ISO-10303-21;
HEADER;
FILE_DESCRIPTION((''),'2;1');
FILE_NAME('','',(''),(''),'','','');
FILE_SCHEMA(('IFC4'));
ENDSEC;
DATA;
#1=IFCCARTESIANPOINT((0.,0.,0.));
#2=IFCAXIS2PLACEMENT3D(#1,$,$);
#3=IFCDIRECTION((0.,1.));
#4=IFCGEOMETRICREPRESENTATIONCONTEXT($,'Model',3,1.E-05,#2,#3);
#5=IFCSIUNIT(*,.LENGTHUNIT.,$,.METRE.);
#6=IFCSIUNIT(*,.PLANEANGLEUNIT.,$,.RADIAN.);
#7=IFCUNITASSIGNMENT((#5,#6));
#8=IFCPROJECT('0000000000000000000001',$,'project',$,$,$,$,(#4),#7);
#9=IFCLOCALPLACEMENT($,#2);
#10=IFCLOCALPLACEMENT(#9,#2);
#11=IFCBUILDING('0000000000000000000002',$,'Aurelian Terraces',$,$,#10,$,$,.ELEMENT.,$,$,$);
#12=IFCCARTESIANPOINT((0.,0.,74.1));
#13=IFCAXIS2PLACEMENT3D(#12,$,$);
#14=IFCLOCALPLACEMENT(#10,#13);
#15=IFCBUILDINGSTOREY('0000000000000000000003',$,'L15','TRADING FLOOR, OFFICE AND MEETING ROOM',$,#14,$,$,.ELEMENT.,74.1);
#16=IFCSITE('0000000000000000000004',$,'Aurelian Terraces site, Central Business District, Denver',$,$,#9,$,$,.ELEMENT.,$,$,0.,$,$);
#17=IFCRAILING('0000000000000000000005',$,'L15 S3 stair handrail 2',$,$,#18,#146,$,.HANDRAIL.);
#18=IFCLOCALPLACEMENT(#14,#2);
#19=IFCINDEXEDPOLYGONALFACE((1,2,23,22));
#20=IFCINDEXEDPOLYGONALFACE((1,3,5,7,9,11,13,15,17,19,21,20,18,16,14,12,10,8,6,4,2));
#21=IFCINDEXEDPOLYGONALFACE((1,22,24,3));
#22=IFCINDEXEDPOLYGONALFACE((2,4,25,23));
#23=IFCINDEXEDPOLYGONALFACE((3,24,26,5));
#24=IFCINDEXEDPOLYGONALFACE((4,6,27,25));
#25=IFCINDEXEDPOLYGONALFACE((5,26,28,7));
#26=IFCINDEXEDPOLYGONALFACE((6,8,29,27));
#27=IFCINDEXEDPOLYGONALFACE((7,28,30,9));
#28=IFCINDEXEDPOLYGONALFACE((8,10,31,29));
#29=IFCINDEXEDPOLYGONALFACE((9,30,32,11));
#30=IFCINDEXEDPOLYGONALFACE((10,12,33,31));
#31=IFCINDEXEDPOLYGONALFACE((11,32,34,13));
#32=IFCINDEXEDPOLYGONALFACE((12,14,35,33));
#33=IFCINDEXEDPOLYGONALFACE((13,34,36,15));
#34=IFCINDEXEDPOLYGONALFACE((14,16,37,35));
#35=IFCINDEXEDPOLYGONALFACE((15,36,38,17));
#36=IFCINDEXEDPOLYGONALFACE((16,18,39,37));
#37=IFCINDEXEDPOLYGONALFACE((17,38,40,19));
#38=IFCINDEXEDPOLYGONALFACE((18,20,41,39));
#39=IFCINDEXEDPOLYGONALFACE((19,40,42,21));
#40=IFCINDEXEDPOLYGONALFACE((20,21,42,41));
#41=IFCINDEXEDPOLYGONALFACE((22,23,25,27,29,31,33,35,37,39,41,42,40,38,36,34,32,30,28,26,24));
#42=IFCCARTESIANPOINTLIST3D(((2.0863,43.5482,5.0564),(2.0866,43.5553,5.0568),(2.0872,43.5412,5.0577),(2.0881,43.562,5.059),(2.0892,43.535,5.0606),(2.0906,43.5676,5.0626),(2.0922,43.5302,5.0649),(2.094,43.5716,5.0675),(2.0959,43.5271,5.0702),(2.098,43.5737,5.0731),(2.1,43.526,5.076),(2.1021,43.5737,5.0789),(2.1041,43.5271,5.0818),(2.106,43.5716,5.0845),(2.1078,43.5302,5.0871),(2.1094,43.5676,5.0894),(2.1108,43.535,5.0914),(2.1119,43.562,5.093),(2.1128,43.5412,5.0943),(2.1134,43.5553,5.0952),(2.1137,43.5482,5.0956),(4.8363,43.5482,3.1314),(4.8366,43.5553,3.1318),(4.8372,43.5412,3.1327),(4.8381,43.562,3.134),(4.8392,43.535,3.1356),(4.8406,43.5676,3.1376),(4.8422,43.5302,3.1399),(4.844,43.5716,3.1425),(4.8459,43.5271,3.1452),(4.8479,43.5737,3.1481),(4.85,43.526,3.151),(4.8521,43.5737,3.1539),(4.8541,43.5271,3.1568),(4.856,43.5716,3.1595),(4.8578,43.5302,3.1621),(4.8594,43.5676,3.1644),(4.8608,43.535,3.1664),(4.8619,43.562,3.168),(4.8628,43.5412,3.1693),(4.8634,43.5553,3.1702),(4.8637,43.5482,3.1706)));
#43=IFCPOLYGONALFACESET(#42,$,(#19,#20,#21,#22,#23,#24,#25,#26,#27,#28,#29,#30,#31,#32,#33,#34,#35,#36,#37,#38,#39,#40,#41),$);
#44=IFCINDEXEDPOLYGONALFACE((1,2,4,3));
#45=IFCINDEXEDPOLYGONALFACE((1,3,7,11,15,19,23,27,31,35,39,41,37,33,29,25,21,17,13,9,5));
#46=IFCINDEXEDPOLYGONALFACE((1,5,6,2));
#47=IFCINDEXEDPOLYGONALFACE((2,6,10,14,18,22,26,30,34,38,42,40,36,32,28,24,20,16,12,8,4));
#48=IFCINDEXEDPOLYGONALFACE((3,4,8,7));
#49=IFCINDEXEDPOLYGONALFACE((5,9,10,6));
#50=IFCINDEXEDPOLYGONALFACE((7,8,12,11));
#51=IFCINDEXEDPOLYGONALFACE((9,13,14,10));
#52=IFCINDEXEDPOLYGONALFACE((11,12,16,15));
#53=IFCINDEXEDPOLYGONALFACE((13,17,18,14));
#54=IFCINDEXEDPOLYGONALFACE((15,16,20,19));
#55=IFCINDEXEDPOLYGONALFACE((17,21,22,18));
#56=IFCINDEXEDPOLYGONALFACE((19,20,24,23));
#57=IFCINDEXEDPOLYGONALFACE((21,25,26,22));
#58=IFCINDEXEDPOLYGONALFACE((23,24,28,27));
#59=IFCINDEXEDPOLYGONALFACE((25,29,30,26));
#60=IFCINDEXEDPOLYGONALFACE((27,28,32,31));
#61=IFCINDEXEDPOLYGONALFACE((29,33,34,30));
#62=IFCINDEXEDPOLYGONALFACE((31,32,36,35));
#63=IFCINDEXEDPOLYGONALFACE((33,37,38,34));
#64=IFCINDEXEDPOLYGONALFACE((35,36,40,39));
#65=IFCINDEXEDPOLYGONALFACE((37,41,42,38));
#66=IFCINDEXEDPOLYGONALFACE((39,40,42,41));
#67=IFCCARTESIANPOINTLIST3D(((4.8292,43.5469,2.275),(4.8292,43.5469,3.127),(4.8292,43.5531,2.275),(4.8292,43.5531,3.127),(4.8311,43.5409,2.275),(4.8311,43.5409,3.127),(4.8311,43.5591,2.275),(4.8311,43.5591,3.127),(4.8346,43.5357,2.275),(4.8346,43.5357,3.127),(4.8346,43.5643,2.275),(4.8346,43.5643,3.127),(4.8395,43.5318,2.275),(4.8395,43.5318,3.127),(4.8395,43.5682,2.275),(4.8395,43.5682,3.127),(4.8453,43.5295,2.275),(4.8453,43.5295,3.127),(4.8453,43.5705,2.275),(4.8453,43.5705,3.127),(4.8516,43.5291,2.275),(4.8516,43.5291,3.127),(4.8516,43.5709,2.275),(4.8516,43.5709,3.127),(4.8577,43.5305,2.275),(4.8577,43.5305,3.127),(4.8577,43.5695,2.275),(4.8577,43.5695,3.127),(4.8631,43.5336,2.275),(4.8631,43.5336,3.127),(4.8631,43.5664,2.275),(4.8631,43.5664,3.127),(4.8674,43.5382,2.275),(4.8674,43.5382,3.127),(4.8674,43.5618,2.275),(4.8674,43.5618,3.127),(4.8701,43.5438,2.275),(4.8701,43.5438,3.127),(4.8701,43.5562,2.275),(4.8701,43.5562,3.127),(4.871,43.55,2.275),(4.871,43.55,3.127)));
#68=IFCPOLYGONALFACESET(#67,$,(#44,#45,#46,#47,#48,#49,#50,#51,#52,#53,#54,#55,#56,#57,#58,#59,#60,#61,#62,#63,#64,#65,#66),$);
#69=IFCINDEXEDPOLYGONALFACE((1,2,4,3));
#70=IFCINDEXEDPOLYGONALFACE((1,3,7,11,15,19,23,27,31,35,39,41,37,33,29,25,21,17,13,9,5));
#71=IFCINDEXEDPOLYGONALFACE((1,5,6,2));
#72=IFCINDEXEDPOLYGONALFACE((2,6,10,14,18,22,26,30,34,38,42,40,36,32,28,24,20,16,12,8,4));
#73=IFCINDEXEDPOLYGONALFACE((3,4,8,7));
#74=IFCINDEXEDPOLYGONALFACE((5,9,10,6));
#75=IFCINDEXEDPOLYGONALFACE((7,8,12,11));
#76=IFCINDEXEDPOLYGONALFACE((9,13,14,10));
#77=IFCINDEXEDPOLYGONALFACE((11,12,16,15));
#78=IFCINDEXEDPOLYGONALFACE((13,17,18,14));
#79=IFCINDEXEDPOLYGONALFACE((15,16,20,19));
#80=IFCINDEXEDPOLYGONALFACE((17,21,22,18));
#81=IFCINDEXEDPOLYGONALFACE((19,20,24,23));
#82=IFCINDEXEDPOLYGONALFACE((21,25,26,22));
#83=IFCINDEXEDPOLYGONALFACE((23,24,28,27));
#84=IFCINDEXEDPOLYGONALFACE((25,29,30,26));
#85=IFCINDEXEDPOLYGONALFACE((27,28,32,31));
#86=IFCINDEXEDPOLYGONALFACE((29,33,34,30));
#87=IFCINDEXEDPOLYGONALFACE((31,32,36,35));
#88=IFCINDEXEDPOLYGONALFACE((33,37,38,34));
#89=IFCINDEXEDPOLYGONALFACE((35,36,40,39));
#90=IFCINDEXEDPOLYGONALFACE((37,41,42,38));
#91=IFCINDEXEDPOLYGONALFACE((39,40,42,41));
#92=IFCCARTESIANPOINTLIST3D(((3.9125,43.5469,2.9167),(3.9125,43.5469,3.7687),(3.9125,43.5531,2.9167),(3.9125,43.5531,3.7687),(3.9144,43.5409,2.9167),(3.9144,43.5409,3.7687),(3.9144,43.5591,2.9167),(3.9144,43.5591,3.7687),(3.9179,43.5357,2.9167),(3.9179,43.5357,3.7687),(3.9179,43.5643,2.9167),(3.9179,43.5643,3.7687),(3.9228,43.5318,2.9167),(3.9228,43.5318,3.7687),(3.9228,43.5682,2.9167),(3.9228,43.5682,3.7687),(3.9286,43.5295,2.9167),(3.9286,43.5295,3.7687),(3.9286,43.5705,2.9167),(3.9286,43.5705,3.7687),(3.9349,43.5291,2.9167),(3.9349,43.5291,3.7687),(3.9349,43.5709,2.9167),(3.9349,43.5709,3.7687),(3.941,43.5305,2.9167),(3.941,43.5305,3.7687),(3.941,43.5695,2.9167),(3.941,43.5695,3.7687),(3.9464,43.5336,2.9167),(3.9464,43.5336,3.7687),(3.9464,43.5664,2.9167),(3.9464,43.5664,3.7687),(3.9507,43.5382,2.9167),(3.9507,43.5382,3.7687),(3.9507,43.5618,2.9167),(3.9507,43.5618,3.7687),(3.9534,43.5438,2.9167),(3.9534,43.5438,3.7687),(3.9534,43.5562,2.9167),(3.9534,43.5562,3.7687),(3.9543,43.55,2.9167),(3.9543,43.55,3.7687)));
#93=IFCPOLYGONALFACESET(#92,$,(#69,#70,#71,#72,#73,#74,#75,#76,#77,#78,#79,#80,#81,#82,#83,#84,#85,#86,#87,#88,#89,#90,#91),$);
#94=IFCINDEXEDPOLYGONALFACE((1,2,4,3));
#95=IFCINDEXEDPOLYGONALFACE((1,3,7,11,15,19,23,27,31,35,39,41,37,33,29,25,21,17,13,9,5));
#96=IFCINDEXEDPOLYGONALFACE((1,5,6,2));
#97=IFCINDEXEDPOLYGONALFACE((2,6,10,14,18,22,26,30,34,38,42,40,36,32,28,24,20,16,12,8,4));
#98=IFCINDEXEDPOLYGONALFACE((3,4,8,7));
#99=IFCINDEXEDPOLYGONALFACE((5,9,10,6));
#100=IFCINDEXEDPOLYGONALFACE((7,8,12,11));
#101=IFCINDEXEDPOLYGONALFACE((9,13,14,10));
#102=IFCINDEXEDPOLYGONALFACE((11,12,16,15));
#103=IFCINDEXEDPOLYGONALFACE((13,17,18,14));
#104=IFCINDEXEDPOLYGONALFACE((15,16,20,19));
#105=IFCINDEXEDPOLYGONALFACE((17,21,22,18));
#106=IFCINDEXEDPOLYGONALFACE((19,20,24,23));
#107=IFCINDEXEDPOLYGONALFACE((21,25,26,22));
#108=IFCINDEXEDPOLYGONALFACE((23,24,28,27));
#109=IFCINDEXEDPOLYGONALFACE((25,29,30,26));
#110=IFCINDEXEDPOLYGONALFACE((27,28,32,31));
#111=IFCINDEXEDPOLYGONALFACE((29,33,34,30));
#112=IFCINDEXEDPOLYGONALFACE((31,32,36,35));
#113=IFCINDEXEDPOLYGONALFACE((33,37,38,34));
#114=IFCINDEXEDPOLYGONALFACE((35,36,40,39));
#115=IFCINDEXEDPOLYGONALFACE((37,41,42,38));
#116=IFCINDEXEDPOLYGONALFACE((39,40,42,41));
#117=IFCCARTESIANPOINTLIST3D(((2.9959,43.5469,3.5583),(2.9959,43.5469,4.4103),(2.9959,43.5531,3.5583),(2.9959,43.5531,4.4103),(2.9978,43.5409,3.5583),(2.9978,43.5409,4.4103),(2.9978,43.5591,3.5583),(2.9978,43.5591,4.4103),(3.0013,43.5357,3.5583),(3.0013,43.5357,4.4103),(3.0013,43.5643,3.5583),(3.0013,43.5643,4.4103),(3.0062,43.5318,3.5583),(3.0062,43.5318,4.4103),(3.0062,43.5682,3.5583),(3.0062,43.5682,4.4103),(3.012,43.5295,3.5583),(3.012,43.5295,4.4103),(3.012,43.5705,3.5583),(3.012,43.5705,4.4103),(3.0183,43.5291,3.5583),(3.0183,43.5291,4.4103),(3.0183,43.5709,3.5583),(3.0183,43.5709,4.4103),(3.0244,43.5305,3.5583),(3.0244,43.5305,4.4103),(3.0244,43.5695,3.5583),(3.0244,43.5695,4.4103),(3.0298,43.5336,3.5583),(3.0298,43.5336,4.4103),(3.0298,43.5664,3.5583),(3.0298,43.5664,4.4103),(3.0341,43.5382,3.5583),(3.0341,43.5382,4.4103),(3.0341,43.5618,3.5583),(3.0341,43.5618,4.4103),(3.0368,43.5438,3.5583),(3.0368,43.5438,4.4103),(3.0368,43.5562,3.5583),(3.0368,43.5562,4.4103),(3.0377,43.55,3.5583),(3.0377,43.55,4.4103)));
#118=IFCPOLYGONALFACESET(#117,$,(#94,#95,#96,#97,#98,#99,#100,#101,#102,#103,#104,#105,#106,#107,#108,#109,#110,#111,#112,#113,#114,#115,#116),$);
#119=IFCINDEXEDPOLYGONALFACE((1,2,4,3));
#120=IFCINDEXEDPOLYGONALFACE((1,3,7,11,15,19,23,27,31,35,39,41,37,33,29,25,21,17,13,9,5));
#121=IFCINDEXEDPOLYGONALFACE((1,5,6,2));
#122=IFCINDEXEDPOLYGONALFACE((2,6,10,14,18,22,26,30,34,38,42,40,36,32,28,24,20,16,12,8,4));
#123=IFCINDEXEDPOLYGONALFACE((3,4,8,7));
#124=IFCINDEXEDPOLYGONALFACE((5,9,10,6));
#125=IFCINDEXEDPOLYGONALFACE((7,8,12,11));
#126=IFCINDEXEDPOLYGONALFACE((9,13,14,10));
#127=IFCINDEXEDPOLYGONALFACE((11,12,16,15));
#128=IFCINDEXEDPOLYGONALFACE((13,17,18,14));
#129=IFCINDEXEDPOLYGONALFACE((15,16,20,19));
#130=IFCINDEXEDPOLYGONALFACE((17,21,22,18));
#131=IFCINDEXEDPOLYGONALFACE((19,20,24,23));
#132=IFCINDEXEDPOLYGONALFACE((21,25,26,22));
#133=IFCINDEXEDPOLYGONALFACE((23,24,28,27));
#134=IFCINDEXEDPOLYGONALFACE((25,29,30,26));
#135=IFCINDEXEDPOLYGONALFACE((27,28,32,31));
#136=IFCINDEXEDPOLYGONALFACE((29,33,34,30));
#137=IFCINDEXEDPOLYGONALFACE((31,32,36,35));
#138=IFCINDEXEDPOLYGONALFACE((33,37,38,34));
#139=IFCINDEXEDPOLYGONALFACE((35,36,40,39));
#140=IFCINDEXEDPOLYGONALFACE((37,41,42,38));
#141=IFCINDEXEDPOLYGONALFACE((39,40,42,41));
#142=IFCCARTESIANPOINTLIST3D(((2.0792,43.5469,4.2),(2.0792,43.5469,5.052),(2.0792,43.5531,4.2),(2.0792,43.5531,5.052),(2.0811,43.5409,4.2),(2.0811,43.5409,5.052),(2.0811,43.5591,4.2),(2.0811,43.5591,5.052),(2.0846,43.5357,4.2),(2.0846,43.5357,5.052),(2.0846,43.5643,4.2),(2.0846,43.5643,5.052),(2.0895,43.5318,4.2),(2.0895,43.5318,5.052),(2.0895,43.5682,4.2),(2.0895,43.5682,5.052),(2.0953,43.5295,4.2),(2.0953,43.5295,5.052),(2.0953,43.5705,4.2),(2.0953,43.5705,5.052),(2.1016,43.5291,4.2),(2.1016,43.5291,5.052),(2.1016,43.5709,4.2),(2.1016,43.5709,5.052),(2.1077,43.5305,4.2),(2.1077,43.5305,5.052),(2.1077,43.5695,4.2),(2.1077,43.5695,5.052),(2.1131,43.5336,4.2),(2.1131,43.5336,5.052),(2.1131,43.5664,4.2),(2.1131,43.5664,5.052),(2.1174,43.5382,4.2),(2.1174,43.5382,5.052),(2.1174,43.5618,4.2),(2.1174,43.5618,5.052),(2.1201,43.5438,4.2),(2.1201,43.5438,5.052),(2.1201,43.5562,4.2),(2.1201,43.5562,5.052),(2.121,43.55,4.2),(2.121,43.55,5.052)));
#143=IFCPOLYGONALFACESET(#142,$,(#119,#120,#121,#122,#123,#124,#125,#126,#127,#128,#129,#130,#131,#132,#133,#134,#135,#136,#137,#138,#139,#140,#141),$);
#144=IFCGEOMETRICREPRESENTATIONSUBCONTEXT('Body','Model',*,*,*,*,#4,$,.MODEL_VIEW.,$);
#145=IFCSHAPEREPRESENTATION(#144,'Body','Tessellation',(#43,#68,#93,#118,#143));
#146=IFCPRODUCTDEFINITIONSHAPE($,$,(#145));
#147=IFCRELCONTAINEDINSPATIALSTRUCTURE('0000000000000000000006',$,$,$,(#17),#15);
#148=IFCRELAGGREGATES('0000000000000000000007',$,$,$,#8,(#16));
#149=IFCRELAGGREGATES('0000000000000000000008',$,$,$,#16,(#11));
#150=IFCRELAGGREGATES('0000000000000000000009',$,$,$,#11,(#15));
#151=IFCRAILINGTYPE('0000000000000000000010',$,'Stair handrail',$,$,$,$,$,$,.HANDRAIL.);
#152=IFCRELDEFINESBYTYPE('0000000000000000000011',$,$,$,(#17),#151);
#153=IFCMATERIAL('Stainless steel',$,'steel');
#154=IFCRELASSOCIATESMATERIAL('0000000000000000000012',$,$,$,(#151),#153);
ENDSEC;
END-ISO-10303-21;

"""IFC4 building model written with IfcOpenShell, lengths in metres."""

from ifc_helpers import new_model, si_unit, direction, frame, origin, origin_2d, place, context, subcontext, project, spatial, circle, extrude, source, transform, mapped, material, type_object, element, save


model = new_model("IFC4")

# Units and contexts
model_context = context("Model", 3, precision=1e-05, world=origin(), true_north=direction((0.0, 1.0)))
body_context = subcontext(model_context, "Body", "Model", "MODEL_VIEW")
ifc_project = project(units=[si_unit("LENGTHUNIT", "METRE"), si_unit("PLANEANGLEUNIT", "RADIAN")], contexts=[model_context])

# Site, building, storey
site_placement = place(None, origin())
site = spatial("IfcSite", under=ifc_project, at=site_placement, Name="Aurelian Terraces site, Central Business District, Denver", CompositionType="ELEMENT", RefElevation=0.0)
building_placement = place(site_placement, origin())
building = spatial("IfcBuilding", under=site, at=building_placement, Name="Aurelian Terraces", CompositionType="ELEMENT")
storey_placement = place(building_placement, frame((0.0, 0.0, 74.1)))
storey = spatial("IfcBuildingStorey", under=building, at=storey_placement, Name="L15", Description="TRADING FLOOR, OFFICE AND MEETING ROOM", CompositionType="ELEMENT", Elevation=74.1)

# Railing
ifc_material_1 = material(Name="Stainless steel", Category="steel")
railing_type_1 = type_object("IfcRailingType", Name="Stair handrail", PredefinedType="HANDRAIL", material=ifc_material_1)
shared_shape_1 = source(origin(), body_context, "Body", "SweptSolid", [
    extrude(circle(Radius=0.024, at=origin_2d()), frame((0.0, 0.0, 0.876), z_axis=(-0.819232, 0.0, 0.573462), x_axis=(0.0, -1.0, 0.0)), (0.0, 0.0, 1.0), 3.3568),
    extrude(circle(Radius=0.021, at=origin_2d()), origin(), (0.0, 0.0, 1.0), 0.852),
    extrude(circle(Radius=0.021, at=origin_2d()), frame((-0.9167, 0.0, 0.6417)), (0.0, 0.0, 1.0), 0.852),
    extrude(circle(Radius=0.021, at=origin_2d()), frame((-1.8333, 0.0, 1.2833)), (0.0, 0.0, 1.0), 0.852),
    extrude(circle(Radius=0.021, at=origin_2d()), frame((-2.75, 0.0, 1.925)), (0.0, 0.0, 1.0), 0.852),
])
railing_1_placement = place(storey_placement, frame((4.85, 43.55, 2.275)))
element("IfcRailing", 1, at=railing_1_placement, inside=storey, type_object=railing_type_1, Name="L15 S3 stair handrail 2", PredefinedType="HANDRAIL", context=body_context, shape_type="MappedRepresentation", body=[
    mapped(shared_shape_1, transform((0.0, 0.0, 0.0), scale=1.0)),
])

save(model, "model.ifc")
